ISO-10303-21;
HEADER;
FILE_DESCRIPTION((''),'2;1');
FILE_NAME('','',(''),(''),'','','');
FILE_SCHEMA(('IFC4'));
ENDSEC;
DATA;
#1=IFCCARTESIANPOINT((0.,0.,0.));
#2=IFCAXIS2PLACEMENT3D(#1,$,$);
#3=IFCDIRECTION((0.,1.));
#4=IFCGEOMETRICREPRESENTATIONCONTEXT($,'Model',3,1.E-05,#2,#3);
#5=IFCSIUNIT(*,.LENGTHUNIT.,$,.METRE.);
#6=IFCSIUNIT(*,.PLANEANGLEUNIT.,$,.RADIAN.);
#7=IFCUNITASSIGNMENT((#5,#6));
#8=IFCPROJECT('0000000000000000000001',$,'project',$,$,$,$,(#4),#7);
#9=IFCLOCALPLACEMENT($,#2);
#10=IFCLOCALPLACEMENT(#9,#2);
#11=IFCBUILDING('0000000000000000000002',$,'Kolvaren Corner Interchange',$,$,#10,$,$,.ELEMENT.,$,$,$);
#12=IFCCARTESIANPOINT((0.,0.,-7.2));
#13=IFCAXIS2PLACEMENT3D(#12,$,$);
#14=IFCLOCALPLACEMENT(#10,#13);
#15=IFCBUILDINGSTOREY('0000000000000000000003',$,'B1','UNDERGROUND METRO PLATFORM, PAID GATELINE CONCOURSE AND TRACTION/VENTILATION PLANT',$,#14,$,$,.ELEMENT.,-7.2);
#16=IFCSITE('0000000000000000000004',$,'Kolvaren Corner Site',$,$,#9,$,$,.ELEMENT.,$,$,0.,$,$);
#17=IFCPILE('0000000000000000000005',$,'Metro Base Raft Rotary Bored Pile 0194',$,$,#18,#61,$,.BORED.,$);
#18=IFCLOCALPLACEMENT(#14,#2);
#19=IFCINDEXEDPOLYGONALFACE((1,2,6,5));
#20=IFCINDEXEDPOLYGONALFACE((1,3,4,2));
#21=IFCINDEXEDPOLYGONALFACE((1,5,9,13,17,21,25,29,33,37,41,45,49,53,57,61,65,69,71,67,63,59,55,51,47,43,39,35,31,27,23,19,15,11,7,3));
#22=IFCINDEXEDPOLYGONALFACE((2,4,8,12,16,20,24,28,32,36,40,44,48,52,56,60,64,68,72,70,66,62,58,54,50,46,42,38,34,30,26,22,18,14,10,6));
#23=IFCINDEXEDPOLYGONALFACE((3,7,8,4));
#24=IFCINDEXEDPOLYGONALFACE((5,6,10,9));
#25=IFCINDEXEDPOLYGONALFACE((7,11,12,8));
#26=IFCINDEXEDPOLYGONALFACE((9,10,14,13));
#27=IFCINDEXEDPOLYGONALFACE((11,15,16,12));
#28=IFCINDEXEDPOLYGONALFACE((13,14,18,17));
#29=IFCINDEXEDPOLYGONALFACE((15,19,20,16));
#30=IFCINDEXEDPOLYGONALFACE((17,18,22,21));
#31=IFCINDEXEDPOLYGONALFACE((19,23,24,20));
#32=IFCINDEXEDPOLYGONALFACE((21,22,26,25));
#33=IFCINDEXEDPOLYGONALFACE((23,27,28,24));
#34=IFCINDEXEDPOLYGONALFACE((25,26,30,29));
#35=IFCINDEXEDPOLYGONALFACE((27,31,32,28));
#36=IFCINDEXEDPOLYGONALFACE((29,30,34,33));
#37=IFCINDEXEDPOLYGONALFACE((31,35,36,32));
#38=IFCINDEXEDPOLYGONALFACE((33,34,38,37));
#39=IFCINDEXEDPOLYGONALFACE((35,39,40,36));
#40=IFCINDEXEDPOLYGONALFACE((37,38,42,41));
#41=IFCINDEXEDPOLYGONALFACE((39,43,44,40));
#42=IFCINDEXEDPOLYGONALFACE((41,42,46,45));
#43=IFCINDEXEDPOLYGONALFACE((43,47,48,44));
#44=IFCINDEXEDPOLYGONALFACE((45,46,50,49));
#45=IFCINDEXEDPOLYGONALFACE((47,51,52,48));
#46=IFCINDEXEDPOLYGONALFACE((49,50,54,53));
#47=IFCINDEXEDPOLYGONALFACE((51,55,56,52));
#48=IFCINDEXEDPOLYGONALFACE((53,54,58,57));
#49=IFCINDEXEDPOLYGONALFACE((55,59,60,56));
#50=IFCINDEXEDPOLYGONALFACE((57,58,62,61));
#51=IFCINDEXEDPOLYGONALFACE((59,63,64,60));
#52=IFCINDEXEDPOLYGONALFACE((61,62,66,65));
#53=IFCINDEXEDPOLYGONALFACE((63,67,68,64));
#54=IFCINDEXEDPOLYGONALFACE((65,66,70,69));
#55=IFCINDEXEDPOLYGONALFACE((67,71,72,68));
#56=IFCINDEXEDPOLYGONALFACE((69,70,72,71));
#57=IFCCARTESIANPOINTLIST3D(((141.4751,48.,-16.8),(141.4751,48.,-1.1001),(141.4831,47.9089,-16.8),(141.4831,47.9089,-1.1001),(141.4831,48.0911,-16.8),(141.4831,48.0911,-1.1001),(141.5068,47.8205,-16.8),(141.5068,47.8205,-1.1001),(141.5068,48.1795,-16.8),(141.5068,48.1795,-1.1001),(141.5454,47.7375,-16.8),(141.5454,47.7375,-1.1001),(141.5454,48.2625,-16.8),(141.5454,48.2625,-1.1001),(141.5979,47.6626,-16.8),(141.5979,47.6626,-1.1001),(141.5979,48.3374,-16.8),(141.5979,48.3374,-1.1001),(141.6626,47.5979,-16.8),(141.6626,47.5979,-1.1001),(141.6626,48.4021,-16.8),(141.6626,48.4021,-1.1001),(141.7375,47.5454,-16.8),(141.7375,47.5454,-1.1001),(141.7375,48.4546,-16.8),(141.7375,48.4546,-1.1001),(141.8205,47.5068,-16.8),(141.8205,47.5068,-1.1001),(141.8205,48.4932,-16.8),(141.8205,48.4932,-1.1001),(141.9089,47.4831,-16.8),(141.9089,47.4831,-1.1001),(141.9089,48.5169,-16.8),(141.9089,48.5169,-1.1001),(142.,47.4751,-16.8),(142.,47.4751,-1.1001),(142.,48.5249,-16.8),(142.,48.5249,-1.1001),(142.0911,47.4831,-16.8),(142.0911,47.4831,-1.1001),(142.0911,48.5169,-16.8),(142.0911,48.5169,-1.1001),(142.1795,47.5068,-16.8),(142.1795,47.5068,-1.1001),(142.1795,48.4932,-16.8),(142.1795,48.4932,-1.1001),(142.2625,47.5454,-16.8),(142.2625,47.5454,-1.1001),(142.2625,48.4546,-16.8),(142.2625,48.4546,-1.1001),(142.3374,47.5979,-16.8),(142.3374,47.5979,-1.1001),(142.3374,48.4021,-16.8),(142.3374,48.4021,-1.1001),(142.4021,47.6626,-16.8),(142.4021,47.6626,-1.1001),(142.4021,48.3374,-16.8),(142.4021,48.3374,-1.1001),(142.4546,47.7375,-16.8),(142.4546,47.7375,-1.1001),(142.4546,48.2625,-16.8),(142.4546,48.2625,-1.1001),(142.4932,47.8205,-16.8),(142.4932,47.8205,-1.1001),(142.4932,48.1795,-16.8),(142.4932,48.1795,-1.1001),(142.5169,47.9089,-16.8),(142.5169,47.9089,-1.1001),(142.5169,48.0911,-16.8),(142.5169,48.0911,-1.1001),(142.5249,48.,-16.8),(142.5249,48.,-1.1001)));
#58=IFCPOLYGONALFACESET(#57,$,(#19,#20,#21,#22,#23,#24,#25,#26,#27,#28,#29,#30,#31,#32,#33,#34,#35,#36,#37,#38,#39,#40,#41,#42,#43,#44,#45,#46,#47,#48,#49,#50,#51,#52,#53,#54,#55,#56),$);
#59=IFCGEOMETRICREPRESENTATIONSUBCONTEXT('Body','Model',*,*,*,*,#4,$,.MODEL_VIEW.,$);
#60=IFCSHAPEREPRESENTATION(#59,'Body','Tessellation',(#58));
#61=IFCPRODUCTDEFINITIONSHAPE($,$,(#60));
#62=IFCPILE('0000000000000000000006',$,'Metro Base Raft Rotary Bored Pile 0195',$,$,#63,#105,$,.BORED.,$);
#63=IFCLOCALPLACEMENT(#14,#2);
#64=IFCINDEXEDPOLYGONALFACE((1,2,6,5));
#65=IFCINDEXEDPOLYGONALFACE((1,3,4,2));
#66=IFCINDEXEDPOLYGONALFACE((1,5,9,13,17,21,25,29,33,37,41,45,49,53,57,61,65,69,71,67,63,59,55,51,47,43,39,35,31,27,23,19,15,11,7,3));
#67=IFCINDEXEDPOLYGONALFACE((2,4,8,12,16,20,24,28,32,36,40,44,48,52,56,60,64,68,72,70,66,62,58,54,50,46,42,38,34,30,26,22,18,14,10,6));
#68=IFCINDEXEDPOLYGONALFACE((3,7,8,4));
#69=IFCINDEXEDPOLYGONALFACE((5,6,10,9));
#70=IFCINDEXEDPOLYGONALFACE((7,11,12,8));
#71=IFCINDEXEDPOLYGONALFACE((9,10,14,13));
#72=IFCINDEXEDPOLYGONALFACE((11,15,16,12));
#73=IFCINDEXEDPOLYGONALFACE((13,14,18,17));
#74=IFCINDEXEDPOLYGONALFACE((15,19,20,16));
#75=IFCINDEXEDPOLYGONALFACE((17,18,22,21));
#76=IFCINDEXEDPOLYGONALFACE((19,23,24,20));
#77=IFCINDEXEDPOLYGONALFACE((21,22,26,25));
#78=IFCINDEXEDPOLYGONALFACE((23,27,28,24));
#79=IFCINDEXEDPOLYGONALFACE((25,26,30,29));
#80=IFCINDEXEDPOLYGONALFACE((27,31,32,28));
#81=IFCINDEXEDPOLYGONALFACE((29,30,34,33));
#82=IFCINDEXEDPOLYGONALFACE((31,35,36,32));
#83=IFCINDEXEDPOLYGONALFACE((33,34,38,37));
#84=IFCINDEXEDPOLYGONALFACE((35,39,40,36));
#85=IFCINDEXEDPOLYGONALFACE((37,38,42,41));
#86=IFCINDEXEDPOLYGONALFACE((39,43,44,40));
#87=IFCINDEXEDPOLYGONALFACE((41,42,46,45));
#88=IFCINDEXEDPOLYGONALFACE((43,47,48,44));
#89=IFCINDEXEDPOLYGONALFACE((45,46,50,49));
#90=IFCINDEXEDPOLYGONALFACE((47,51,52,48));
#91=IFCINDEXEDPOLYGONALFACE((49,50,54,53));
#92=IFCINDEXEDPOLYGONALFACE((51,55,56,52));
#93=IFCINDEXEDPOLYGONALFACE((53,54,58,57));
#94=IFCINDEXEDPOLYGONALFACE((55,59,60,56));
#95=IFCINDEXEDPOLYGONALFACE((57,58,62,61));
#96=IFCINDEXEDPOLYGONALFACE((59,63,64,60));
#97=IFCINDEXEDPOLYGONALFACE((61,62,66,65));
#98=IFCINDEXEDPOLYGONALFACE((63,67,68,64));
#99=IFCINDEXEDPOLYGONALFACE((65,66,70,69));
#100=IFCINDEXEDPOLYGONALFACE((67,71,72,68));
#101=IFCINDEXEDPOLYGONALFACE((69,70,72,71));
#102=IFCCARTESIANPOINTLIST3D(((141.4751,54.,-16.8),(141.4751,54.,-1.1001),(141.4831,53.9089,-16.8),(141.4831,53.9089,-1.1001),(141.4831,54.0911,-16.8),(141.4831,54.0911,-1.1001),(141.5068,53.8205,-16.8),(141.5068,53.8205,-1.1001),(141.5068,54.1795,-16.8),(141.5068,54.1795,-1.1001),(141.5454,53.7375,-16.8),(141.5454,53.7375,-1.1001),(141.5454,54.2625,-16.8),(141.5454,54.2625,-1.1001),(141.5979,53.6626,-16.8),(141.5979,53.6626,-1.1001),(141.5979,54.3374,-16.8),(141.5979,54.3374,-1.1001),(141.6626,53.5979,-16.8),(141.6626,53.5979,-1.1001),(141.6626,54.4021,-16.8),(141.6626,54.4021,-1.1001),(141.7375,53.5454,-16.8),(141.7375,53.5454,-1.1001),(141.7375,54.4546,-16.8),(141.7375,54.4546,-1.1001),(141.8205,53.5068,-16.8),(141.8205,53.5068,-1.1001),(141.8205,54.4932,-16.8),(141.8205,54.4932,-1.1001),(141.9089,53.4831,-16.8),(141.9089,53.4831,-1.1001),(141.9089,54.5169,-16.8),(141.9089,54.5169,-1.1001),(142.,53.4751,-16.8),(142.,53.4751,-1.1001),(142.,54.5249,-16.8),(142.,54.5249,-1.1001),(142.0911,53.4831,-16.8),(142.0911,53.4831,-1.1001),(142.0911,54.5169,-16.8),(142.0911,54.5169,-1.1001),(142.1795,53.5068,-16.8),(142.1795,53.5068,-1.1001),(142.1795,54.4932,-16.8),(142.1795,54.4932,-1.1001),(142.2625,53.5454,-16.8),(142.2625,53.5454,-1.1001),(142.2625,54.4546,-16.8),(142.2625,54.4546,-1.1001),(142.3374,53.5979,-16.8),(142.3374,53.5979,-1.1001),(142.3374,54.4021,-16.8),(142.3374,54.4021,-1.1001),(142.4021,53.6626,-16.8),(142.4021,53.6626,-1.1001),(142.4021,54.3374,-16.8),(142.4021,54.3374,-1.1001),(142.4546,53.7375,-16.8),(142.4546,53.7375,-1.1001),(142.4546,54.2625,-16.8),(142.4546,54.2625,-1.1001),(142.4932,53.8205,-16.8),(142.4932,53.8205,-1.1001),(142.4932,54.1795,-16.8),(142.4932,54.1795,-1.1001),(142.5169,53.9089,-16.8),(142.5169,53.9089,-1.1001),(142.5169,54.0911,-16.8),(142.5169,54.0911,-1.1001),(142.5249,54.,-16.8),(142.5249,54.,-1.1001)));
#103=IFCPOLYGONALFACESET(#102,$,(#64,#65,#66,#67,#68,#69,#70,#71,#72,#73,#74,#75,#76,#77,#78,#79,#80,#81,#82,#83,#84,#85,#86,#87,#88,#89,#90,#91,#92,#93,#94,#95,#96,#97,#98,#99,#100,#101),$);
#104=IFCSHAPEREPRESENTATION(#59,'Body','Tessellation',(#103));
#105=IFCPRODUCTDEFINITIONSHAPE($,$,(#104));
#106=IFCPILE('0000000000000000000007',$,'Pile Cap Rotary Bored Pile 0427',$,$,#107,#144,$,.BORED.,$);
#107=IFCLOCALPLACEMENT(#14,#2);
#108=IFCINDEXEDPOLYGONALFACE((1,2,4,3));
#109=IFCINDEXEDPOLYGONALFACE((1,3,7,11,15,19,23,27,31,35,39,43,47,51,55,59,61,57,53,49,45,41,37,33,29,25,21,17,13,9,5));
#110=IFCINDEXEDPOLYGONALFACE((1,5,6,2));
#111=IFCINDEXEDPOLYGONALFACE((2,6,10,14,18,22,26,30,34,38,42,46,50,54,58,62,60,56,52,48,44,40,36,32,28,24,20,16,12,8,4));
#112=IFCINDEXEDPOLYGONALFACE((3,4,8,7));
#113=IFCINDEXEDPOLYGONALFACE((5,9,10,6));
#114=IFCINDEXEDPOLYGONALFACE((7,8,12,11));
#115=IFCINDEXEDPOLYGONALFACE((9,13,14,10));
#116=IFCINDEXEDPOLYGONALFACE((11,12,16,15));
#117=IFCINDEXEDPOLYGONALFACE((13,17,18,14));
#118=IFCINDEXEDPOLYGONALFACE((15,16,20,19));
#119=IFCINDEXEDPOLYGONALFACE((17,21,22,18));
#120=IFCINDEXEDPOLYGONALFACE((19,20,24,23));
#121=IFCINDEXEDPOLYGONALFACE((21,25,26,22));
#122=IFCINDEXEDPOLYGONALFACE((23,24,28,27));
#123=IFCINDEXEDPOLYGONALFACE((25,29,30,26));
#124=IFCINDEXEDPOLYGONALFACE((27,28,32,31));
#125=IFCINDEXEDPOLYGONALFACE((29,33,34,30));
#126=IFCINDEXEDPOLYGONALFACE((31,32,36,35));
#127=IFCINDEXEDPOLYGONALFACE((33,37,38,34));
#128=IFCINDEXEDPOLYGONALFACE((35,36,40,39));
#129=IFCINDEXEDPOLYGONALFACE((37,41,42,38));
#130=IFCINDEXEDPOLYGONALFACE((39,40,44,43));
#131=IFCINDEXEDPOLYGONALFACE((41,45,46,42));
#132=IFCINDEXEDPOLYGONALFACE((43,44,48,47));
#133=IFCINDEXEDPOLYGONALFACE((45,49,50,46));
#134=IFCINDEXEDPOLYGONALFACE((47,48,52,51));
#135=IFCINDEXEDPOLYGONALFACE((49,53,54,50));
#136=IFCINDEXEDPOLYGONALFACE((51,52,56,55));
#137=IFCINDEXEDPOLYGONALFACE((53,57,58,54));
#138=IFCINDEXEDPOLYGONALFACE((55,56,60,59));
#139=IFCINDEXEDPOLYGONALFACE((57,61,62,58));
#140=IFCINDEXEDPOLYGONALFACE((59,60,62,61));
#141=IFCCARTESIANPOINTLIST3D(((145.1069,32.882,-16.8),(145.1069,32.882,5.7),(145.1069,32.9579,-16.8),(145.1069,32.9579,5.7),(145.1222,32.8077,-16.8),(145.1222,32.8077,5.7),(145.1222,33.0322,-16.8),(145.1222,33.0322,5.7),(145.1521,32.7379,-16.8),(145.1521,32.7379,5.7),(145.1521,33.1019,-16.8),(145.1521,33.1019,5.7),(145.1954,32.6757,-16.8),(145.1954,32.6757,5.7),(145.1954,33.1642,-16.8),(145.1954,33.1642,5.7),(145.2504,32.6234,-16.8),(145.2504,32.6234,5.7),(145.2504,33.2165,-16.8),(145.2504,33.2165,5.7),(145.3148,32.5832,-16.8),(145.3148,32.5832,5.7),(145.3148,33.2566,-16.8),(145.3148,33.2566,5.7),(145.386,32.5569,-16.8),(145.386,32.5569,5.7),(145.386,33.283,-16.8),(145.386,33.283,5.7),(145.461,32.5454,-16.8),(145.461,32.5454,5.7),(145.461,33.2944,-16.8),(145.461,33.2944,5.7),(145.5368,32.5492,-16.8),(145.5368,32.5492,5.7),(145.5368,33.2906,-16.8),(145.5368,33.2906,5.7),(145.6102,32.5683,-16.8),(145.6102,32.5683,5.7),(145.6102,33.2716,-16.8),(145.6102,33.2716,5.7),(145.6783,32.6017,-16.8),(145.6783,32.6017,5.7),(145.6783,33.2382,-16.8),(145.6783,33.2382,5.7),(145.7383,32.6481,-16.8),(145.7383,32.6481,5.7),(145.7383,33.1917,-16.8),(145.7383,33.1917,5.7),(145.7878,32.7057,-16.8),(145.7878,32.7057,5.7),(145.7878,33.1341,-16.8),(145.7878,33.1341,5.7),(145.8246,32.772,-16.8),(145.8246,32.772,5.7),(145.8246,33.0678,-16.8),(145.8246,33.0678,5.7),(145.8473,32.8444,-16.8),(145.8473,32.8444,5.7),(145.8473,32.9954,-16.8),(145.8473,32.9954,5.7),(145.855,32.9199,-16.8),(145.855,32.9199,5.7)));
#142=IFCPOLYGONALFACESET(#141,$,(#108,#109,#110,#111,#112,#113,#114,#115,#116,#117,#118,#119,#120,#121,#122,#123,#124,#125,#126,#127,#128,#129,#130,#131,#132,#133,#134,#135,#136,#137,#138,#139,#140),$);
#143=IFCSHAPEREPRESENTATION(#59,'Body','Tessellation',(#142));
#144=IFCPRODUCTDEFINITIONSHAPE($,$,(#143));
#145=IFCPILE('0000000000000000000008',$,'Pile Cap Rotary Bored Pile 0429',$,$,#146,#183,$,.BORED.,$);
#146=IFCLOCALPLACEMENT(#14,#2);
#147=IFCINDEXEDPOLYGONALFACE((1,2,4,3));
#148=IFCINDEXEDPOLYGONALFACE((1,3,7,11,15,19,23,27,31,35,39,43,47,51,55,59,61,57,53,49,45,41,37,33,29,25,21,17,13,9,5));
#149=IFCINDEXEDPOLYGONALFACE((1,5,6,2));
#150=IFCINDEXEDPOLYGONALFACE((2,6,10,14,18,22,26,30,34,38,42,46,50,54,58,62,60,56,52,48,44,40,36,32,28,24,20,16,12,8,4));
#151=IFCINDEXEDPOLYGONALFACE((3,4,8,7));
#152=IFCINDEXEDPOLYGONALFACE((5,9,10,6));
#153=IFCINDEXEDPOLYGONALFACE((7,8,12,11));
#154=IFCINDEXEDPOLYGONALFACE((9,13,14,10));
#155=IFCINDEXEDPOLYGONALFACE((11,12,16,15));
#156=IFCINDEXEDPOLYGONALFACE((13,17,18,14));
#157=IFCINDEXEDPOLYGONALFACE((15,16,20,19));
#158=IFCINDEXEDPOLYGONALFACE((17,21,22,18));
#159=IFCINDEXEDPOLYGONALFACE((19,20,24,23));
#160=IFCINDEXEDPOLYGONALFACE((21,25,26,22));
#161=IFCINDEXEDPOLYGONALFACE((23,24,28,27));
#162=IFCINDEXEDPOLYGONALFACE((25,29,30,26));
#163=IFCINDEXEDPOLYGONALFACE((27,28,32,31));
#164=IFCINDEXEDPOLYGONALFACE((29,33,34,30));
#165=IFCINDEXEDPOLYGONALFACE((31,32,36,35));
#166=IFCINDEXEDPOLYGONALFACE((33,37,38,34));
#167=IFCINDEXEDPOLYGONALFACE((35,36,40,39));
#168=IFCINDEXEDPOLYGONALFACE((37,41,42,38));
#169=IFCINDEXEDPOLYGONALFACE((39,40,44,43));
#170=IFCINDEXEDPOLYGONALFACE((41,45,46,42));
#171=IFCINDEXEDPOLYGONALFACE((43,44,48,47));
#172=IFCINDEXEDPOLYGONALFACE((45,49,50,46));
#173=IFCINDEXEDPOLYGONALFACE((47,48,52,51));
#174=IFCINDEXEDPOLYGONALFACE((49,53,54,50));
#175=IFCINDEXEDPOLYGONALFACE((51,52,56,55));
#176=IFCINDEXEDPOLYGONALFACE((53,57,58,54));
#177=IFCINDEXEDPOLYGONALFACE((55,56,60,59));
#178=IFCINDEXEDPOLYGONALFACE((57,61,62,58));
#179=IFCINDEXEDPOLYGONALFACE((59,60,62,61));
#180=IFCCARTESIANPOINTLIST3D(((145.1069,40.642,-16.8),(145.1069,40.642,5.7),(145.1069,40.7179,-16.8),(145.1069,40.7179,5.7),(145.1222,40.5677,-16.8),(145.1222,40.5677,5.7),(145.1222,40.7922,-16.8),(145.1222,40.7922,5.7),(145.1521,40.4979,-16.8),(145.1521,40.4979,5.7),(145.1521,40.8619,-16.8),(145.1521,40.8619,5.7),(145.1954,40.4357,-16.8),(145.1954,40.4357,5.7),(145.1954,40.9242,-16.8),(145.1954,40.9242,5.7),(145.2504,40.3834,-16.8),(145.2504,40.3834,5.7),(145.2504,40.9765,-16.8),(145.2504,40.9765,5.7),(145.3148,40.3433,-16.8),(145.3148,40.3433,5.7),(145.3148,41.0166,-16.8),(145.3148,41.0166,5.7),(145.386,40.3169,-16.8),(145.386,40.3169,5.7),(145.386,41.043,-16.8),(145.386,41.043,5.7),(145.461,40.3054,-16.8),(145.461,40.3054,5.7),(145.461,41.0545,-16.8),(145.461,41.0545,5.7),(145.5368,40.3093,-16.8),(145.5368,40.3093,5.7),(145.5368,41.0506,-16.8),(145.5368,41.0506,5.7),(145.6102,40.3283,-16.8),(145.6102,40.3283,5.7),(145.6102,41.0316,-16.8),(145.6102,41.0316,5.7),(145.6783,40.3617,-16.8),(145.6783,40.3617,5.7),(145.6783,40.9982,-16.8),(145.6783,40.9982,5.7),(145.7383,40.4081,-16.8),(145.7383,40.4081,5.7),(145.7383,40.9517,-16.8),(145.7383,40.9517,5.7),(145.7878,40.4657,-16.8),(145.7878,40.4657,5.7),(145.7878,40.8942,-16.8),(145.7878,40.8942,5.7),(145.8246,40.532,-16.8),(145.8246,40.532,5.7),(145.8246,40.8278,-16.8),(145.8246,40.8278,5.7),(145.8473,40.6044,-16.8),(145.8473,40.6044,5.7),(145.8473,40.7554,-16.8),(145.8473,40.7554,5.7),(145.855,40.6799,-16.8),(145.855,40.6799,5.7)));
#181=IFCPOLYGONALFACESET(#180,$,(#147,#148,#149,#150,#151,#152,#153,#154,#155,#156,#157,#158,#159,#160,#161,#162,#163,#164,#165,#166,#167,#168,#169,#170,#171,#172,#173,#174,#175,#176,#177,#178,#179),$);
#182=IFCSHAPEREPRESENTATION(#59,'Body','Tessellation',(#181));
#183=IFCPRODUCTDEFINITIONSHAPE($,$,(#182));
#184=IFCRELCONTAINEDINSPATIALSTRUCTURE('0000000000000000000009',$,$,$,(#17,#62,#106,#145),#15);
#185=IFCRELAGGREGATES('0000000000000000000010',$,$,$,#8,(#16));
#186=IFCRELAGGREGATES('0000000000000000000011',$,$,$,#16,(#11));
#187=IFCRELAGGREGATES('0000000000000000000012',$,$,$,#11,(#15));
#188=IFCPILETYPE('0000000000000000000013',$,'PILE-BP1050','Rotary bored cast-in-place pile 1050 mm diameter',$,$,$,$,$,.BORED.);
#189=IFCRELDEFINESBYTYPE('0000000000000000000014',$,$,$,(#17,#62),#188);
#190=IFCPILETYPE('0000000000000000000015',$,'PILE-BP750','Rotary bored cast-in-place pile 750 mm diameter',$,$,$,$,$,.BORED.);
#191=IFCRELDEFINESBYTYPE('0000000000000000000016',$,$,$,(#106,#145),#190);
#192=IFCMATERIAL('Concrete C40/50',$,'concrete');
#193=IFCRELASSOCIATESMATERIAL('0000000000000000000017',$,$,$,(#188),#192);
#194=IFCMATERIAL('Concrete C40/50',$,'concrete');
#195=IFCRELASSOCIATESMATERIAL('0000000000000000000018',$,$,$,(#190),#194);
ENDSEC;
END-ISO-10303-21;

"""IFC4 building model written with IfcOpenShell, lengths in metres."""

from ifc_helpers import new_model, si_unit, direction, frame, origin, origin_2d, place, context, subcontext, project, spatial, circle, extrude, material, material_profile, profile_set, type_object, element, save


model = new_model("IFC4")

# Units and contexts
model_context = context("Model", 3, precision=1e-05, world=origin(), true_north=direction((0.0, 1.0)))
body_context = subcontext(model_context, "Body", "Model", "MODEL_VIEW")
ifc_project = project(units=[si_unit("LENGTHUNIT", "METRE"), si_unit("PLANEANGLEUNIT", "RADIAN")], contexts=[model_context])

# Site, building, storey
site_placement = place(None, origin())
site = spatial("IfcSite", under=ifc_project, at=site_placement, Name="Kolvaren Corner Site", CompositionType="ELEMENT", RefElevation=0.0)
building_placement = place(site_placement, origin())
building = spatial("IfcBuilding", under=site, at=building_placement, Name="Kolvaren Corner Interchange", CompositionType="ELEMENT")
storey_placement = place(building_placement, frame((0.0, 0.0, -7.2)))
storey = spatial("IfcBuildingStorey", under=building, at=storey_placement, Name="B1", Description="UNDERGROUND METRO PLATFORM, PAID GATELINE CONCOURSE AND TRACTION/VENTILATION PLANT", CompositionType="ELEMENT", Elevation=-7.2)

# Piles
ifc_material_1 = material(Name="Concrete C40/50", Category="concrete")
ifc_material_profile_1 = material_profile(ifc_material_1, circle(Radius=0.5249, at=origin_2d()), Name="BORED PILE 1050")
ifc_profile_set_1 = profile_set([ifc_material_profile_1], Name="Concrete C40/50")
pile_type_1 = type_object("IfcPileType", Name="PILE-BP1050", Description="Rotary bored cast-in-place pile 1050 mm diameter", PredefinedType="BORED", material=ifc_profile_set_1)
for number, where, z_axis, x_axis, name in (
    (1, (142.0, 48.0, -1.1001), (0.0, 0.0, -1.0), (1.0, 0.0, 0.0), "Metro Base Raft Rotary Bored Pile 0194"),
    (2, (142.0, 54.0, -1.1001), (0.0, 0.0, -1.0), (1.0, 0.0, 0.0), "Metro Base Raft Rotary Bored Pile 0195"),
):
    element("IfcPile", number, at=place(storey_placement, frame(where, z_axis=z_axis, x_axis=x_axis)), inside=storey, type_object=pile_type_1, Name=name, PredefinedType="BORED", context=body_context, shape_type="SweptSolid", body=[
        extrude(circle(Radius=0.5249, at=origin_2d()), origin(), (0.0, 0.0, 1.0), 15.7),
    ])
ifc_material_2 = material(Name="Concrete C40/50", Category="concrete")
ifc_material_profile_2 = material_profile(ifc_material_2, circle(Radius=0.375, at=origin_2d()), Name="BORED PILE 750")
ifc_profile_set_2 = profile_set([ifc_material_profile_2], Name="Concrete C40/50")
pile_type_2 = type_object("IfcPileType", Name="PILE-BP750", Description="Rotary bored cast-in-place pile 750 mm diameter", PredefinedType="BORED", material=ifc_profile_set_2)
for number, where, z_axis, x_axis, name in (
    (3, (145.48, 32.9199, 5.7), (0.0, 0.0, -1.0), (1.0, 0.0, 0.0), "Pile Cap Rotary Bored Pile 0427"),
    (4, (145.48, 40.6799, 5.7), (0.0, 0.0, -1.0), (1.0, 0.0, 0.0), "Pile Cap Rotary Bored Pile 0429"),
):
    element("IfcPile", number, at=place(storey_placement, frame(where, z_axis=z_axis, x_axis=x_axis)), inside=storey, type_object=pile_type_2, Name=name, PredefinedType="BORED", context=body_context, shape_type="SweptSolid", body=[
        extrude(circle(Radius=0.375, at=origin_2d()), origin(), (0.0, 0.0, 1.0), 22.5),
    ])

save(model, "model.ifc")
